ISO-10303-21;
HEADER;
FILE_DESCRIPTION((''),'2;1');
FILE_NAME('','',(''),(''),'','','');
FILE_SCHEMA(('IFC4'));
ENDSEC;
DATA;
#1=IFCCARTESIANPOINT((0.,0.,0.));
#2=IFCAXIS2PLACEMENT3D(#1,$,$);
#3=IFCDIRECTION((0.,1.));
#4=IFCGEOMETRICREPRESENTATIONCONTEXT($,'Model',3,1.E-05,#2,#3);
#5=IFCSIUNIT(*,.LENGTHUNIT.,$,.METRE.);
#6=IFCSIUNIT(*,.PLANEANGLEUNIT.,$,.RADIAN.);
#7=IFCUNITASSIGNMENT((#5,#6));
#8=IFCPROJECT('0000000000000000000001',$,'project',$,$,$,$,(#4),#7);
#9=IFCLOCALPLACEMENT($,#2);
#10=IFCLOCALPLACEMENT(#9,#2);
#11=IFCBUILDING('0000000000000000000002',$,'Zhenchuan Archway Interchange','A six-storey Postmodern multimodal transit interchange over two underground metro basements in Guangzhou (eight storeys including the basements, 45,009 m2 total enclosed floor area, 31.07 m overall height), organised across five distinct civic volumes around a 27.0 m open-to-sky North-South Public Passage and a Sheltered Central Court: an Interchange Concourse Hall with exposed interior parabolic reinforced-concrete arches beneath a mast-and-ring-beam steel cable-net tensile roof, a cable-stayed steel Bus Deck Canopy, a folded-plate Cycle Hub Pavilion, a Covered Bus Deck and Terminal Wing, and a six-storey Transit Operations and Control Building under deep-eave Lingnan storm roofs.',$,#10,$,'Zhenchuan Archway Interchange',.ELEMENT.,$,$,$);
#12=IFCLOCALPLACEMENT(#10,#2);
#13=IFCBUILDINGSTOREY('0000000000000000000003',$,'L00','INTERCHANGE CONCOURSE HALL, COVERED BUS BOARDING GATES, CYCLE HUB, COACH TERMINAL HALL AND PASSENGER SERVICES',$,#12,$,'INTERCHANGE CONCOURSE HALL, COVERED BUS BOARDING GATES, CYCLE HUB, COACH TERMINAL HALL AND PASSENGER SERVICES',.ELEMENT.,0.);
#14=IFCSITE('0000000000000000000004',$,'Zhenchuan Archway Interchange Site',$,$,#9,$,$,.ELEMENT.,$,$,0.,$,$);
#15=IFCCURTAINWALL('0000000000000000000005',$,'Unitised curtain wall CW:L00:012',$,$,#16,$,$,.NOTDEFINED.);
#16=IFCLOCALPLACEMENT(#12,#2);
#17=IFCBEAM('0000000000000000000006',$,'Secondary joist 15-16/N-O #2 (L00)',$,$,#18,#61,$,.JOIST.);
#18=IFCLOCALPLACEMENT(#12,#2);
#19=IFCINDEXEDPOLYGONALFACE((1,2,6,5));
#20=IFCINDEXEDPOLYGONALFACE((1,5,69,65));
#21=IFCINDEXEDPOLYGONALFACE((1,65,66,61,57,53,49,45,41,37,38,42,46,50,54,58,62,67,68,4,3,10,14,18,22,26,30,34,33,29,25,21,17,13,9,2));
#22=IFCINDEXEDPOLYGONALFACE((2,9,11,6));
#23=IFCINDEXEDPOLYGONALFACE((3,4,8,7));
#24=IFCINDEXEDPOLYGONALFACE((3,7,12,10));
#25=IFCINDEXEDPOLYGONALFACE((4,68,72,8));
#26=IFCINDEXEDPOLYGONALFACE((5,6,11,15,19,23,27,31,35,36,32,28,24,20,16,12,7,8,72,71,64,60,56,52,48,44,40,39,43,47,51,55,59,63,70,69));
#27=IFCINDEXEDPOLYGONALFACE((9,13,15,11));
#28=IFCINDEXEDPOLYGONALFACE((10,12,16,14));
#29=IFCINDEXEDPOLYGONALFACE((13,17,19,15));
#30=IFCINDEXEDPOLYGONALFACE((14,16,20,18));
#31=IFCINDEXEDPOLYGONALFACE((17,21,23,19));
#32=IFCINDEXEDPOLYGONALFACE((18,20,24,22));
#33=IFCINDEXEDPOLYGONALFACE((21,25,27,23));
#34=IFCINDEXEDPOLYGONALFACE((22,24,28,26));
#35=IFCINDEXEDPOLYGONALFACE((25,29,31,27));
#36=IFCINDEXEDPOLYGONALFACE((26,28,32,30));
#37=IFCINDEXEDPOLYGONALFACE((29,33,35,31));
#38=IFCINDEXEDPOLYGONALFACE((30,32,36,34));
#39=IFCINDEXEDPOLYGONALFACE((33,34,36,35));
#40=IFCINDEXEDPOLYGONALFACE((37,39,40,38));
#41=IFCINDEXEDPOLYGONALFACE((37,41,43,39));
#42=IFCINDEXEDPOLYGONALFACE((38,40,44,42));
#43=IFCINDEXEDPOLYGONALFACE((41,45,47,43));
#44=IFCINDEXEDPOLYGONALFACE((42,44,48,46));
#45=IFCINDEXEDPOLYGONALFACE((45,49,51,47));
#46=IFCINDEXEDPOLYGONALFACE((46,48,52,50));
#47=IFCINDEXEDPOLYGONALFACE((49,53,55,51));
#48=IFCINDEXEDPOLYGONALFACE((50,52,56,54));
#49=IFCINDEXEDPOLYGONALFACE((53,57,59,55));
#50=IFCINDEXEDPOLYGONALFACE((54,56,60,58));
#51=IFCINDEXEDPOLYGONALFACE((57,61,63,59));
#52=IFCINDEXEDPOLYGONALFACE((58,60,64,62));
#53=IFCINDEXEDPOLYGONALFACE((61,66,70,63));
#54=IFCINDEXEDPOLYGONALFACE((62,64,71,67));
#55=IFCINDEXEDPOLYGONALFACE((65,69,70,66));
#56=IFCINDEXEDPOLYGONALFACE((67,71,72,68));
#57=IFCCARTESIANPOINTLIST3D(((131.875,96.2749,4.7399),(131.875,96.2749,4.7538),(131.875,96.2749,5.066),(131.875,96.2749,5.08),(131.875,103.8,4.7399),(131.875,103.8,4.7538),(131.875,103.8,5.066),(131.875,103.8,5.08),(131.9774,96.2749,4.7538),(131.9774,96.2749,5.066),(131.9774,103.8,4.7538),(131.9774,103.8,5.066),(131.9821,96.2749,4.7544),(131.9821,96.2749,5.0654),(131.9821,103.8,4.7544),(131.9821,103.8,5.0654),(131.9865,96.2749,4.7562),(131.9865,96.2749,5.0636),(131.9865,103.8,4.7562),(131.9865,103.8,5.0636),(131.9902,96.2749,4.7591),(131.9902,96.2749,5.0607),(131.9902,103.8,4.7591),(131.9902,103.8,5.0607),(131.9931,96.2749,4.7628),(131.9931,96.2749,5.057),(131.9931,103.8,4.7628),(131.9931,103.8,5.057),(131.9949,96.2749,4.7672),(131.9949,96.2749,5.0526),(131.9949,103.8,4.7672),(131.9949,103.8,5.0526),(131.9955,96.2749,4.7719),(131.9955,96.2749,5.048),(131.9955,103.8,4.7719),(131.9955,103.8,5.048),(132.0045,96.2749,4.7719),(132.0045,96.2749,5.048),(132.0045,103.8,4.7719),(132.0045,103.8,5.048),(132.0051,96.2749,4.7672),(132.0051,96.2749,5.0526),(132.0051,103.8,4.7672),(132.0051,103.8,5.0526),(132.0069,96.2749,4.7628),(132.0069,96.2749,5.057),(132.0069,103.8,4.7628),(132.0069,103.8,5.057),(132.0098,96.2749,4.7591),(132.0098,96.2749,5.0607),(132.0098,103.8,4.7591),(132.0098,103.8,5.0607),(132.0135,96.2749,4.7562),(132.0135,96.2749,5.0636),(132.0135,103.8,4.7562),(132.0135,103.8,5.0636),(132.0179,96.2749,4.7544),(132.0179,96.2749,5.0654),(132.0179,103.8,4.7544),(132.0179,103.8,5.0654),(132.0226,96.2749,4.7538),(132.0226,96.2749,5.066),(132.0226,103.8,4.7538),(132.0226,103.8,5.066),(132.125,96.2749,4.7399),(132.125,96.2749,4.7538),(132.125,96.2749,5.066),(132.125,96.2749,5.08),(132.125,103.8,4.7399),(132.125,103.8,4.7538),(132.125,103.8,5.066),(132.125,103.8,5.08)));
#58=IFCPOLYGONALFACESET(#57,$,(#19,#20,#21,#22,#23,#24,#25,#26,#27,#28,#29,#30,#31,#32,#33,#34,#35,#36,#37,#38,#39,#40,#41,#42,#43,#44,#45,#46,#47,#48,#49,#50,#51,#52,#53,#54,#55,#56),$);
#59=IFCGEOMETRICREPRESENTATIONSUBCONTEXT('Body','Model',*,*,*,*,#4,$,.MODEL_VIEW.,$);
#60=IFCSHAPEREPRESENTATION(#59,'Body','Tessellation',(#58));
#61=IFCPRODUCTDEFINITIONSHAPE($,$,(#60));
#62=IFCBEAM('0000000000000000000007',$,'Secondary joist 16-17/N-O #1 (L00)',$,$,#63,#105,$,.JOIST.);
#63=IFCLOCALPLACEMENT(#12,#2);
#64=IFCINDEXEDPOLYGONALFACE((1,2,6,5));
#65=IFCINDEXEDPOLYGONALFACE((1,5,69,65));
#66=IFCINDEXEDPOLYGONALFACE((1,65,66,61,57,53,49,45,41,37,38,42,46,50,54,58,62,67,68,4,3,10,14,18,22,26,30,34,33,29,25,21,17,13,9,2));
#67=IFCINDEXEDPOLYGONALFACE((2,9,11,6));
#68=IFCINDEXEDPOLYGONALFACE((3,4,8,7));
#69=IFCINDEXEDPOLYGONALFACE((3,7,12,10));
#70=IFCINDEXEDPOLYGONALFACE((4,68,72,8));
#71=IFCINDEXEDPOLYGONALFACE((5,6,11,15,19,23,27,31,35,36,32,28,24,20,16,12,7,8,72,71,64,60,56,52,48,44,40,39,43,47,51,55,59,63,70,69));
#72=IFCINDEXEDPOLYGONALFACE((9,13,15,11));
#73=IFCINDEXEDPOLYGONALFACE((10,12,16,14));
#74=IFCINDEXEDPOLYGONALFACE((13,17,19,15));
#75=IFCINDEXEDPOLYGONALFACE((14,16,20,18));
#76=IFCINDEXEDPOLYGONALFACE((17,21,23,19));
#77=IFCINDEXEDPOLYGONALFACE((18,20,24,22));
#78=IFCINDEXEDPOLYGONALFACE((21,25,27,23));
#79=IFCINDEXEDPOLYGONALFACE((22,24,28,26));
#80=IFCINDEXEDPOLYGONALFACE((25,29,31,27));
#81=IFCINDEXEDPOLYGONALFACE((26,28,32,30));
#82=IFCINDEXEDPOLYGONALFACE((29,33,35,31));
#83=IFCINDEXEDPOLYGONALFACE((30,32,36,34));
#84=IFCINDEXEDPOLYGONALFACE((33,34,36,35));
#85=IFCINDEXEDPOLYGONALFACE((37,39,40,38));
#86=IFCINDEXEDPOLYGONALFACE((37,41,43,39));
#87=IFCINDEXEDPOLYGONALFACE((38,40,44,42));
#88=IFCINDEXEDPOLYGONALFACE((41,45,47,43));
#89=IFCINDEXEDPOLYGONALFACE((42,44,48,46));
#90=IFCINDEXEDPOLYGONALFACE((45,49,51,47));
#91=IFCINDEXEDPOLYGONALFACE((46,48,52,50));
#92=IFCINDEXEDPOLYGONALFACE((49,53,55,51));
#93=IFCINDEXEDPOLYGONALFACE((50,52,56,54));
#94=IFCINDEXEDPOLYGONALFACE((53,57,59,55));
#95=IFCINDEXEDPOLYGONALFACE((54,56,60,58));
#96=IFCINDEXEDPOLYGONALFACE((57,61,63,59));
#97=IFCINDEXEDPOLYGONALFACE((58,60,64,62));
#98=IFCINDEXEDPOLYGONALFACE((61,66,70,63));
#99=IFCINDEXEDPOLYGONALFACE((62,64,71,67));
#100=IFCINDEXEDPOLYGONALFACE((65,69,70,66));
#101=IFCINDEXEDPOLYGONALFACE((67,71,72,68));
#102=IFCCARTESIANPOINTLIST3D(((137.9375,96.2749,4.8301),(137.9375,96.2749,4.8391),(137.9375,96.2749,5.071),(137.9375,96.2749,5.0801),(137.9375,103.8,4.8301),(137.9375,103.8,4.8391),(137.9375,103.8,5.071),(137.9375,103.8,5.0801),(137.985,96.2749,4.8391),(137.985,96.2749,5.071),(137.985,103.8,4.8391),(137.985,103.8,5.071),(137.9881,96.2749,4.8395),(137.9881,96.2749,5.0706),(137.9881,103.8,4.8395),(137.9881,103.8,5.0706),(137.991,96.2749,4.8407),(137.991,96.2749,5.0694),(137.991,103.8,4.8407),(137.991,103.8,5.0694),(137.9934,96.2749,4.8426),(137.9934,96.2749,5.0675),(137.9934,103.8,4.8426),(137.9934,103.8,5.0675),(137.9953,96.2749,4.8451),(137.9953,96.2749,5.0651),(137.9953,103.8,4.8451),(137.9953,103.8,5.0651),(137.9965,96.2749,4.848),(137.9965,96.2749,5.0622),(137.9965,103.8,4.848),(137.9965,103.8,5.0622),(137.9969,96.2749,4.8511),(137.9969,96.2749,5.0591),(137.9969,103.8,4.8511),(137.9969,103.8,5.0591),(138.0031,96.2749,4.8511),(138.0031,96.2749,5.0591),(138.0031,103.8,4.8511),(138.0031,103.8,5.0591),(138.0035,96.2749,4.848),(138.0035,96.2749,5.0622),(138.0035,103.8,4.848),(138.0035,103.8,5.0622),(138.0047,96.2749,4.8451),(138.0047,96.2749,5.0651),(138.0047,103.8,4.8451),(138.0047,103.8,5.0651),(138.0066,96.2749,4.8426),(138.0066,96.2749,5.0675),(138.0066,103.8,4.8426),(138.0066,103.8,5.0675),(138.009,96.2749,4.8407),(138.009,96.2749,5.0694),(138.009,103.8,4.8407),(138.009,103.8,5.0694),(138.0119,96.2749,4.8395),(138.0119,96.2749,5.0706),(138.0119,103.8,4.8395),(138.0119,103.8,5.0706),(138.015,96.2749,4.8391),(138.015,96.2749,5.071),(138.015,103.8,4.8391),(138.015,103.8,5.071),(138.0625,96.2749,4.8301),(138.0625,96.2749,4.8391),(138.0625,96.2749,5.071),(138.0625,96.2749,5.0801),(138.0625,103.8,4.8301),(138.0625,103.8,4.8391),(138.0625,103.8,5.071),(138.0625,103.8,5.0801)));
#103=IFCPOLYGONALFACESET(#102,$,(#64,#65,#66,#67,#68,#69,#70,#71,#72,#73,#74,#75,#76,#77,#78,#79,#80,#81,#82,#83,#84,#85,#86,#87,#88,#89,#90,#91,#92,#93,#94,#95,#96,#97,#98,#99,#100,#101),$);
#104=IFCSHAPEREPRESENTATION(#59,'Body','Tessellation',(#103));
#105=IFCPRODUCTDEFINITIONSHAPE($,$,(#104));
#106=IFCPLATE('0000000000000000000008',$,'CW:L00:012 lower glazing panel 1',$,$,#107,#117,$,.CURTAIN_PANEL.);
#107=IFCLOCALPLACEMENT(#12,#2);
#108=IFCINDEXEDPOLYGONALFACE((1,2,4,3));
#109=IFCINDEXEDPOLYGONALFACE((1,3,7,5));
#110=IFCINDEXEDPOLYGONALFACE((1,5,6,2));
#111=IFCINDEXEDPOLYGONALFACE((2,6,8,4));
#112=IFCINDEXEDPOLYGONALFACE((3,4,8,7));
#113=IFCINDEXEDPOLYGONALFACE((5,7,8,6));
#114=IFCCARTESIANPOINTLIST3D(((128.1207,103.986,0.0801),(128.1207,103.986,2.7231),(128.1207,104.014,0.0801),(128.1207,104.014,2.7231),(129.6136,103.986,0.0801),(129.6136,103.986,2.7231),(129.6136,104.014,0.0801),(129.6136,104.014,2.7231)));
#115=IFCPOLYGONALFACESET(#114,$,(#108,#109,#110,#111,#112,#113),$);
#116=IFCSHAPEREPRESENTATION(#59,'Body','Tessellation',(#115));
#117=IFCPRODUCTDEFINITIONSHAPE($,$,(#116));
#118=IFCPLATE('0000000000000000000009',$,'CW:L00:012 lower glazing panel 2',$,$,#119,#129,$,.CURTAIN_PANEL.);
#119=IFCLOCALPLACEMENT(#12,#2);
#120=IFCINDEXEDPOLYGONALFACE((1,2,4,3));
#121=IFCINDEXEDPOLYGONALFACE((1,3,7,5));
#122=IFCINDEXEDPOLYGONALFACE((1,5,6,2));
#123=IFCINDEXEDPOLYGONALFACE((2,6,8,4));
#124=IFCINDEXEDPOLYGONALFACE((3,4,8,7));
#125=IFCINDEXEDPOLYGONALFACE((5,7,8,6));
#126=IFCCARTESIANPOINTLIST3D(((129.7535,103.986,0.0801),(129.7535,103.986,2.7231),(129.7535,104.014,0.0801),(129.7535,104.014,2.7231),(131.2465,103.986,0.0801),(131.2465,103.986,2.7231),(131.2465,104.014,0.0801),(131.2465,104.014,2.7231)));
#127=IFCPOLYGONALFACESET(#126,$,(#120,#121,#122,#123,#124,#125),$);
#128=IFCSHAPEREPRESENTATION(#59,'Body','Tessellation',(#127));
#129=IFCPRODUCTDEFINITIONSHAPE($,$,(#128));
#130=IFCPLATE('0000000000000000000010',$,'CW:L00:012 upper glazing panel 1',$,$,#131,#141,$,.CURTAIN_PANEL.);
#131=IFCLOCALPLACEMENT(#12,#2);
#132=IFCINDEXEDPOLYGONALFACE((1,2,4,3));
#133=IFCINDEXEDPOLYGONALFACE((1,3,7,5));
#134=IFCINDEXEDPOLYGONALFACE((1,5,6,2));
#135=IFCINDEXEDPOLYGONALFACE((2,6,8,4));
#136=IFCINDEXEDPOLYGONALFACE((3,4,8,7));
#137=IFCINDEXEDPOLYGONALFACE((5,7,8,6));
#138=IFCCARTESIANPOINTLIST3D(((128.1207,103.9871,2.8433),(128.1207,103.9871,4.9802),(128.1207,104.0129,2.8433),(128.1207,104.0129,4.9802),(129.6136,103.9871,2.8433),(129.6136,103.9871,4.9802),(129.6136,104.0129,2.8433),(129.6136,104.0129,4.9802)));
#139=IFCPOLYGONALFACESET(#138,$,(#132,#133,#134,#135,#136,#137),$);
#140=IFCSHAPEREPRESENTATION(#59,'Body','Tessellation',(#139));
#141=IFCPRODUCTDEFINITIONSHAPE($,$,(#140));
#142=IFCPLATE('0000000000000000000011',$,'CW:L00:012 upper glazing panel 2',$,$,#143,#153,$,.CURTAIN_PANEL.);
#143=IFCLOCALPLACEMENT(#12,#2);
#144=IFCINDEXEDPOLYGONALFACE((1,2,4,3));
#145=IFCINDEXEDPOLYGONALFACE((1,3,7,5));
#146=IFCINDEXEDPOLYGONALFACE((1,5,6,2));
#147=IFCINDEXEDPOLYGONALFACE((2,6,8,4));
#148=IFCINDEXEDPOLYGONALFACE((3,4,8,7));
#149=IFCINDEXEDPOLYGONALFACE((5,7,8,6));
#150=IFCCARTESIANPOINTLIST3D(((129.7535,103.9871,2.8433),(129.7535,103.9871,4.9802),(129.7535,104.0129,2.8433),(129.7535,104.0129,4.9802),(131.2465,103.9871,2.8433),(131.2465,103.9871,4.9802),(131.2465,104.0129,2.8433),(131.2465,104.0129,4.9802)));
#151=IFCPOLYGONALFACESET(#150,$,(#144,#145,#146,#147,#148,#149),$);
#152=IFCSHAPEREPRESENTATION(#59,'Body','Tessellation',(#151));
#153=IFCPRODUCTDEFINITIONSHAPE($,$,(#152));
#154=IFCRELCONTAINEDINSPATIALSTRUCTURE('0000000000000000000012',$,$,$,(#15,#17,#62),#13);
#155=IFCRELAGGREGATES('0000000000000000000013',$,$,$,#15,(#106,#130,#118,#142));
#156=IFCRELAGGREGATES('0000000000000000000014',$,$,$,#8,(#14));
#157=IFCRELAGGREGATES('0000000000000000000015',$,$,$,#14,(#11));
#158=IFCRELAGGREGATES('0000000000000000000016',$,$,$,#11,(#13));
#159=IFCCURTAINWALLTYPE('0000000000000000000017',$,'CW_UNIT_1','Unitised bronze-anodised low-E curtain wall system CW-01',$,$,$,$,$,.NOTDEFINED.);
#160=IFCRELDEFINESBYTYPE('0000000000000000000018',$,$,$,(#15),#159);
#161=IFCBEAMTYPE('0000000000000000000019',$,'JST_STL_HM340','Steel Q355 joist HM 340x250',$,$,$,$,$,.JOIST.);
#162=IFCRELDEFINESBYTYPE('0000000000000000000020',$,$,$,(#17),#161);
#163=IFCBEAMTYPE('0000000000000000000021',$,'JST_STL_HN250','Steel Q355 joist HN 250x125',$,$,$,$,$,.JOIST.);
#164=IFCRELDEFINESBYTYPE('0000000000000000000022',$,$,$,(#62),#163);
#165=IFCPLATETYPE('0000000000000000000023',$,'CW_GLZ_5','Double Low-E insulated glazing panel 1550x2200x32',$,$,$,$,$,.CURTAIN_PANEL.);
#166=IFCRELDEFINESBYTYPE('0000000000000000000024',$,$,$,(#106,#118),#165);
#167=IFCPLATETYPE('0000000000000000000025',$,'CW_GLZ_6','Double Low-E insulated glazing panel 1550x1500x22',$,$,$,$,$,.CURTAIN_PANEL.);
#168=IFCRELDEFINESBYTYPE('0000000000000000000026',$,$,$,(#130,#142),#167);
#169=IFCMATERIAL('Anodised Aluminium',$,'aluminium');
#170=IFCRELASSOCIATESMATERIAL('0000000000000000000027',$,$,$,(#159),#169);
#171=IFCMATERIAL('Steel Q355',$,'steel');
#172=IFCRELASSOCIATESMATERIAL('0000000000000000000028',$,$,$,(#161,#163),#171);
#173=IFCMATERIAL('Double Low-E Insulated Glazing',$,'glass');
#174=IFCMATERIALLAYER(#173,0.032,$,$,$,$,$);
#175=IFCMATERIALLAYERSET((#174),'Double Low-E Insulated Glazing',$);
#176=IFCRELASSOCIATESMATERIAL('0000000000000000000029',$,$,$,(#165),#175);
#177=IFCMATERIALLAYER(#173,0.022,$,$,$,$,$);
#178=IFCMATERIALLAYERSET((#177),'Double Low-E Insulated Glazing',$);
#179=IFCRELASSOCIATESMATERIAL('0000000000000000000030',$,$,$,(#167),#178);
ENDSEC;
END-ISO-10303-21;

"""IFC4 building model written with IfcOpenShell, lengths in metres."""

from ifc_helpers import new_model, si_unit, direction, frame, origin, origin_2d, place, context, subcontext, project, spatial, rectangle, i_section, extrude, material, layer, layer_set, material_profile, profile_set, type_object, element, aggregate, save


model = new_model("IFC4")

# Units and contexts
model_context = context("Model", 3, precision=1e-05, world=origin(), true_north=direction((0.0, 1.0)))
body_context = subcontext(model_context, "Body", "Model", "MODEL_VIEW")
ifc_project = project(units=[si_unit("LENGTHUNIT", "METRE"), si_unit("PLANEANGLEUNIT", "RADIAN")], contexts=[model_context])

# Site, building, storey
site_placement = place(None, origin())
site = spatial("IfcSite", under=ifc_project, at=site_placement, Name="Zhenchuan Archway Interchange Site", CompositionType="ELEMENT", RefElevation=0.0)
building_placement = place(site_placement, origin())
building = spatial("IfcBuilding", under=site, at=building_placement, Name="Zhenchuan Archway Interchange", Description="A six-storey Postmodern multimodal transit interchange over two underground metro basements in Guangzhou (eight storeys including the basements, 45,009 m2 total enclosed floor area, 31.07 m overall height), organised across five distinct civic volumes around a 27.0 m open-to-sky North-South Public Passage and a Sheltered Central Court: an Interchange Concourse Hall with exposed interior parabolic reinforced-concrete arches beneath a mast-and-ring-beam steel cable-net tensile roof, a cable-stayed steel Bus Deck Canopy, a folded-plate Cycle Hub Pavilion, a Covered Bus Deck and Terminal Wing, and a six-storey Transit Operations and Control Building under deep-eave Lingnan storm roofs.", LongName="Zhenchuan Archway Interchange", CompositionType="ELEMENT")
storey_placement = place(building_placement, origin())
storey = spatial("IfcBuildingStorey", under=building, at=storey_placement, Name="L00", Description="INTERCHANGE CONCOURSE HALL, COVERED BUS BOARDING GATES, CYCLE HUB, COACH TERMINAL HALL AND PASSENGER SERVICES", LongName="INTERCHANGE CONCOURSE HALL, COVERED BUS BOARDING GATES, CYCLE HUB, COACH TERMINAL HALL AND PASSENGER SERVICES", CompositionType="ELEMENT", Elevation=0.0)

# Curtain wall
ifc_material_1 = material(Name="Anodised Aluminium", Category="aluminium")
curtain_wall_type = type_object("IfcCurtainWallType", Name="CW_UNIT_1", Description="Unitised bronze-anodised low-E curtain wall system CW-01", PredefinedType="NOTDEFINED", material=ifc_material_1)
curtain_wall_placement = place(storey_placement, origin())
curtain_wall = element("IfcCurtainWall", 1, at=curtain_wall_placement, inside=storey, type_object=curtain_wall_type, Name="Unitised curtain wall CW:L00:012", PredefinedType="NOTDEFINED")

# Beams
ifc_material_2 = material(Name="Steel Q355", Category="steel")
ifc_material_profile_1 = material_profile(ifc_material_2, i_section(OverallWidth=0.25, OverallDepth=0.3401, WebThickness=0.009, FlangeThickness=0.0139, FilletRadius=0.0181, at=origin_2d()), Name="HM 340x250")
ifc_profile_set_1 = profile_set([ifc_material_profile_1], Name="Steel Q355")
beam_type_1 = type_object("IfcBeamType", Name="JST_STL_HM340", Description="Steel Q355 joist HM 340x250", PredefinedType="JOIST", material=ifc_profile_set_1)
for number, where, z_axis, x_axis, name in (
    (2, (132.0, 96.2749, 4.9099), (0.0, 1.0, 0.0), (-1.0, 0.0, 0.0), "Secondary joist 15-16/N-O #2 (L00)"),
):
    element("IfcBeam", number, at=place(storey_placement, frame(where, z_axis=z_axis, x_axis=x_axis)), inside=storey, type_object=beam_type_1, Name=name, PredefinedType="JOIST", context=body_context, shape_type="SweptSolid", body=[
        extrude(i_section(OverallWidth=0.25, OverallDepth=0.3401, WebThickness=0.009, FlangeThickness=0.0139, FilletRadius=0.0181, at=origin_2d()), origin(), (0.0, 0.0, 1.0), 7.5251),
    ])
ifc_material_profile_2 = material_profile(ifc_material_2, i_section(OverallWidth=0.125, OverallDepth=0.25, WebThickness=0.0061, FlangeThickness=0.009, FilletRadius=0.012, at=origin_2d()), Name="HN 250x125")
ifc_profile_set_2 = profile_set([ifc_material_profile_2], Name="Steel Q355")
beam_type_2 = type_object("IfcBeamType", Name="JST_STL_HN250", Description="Steel Q355 joist HN 250x125", PredefinedType="JOIST", material=ifc_profile_set_2)
beam_1_placement = place(storey_placement, frame((138.0, 96.2749, 4.9551), z_axis=(0.0, 1.0, 0.0), x_axis=(-1.0, 0.0, 0.0)))
element("IfcBeam", 3, at=beam_1_placement, inside=storey, type_object=beam_type_2, Name="Secondary joist 16-17/N-O #1 (L00)", PredefinedType="JOIST", context=body_context, shape_type="SweptSolid", body=[
    extrude(i_section(OverallWidth=0.125, OverallDepth=0.25, WebThickness=0.0061, FlangeThickness=0.009, FilletRadius=0.012, at=origin_2d()), origin(), (0.0, 0.0, 1.0), 7.5251),
])

# Plates
ifc_material_3 = material(Name="Double Low-E Insulated Glazing", Category="glass")
ifc_layer_1 = layer(ifc_material_3, 0.032)
ifc_layer_set_1 = layer_set([ifc_layer_1], Name="Double Low-E Insulated Glazing")
plate_type_1 = type_object("IfcPlateType", Name="CW_GLZ_5", Description="Double Low-E insulated glazing panel 1550x2200x32", PredefinedType="CURTAIN_PANEL", material=ifc_layer_set_1)
plate_1_placement = place(storey_placement, frame((128.8672, 104.0, 0.0801), z_axis=(0.0, 0.0, 1.0), x_axis=(1.0, 0.0, 0.0)))
plate_1 = element("IfcPlate", 4, at=plate_1_placement, type_object=plate_type_1, Name="CW:L00:012 lower glazing panel 1", PredefinedType="CURTAIN_PANEL", context=body_context, shape_type="SweptSolid", body=[
    extrude(rectangle(XDim=1.4929, YDim=0.0281, at=origin_2d()), origin(), (0.0, 0.0, 1.0), 2.6431),
])
plate_2_placement = place(storey_placement, frame((130.5, 104.0, 0.0801), z_axis=(0.0, 0.0, 1.0), x_axis=(1.0, 0.0, 0.0)))
plate_2 = element("IfcPlate", 5, at=plate_2_placement, type_object=plate_type_1, Name="CW:L00:012 lower glazing panel 2", PredefinedType="CURTAIN_PANEL", context=body_context, shape_type="SweptSolid", body=[
    extrude(rectangle(XDim=1.4929, YDim=0.0281, at=origin_2d()), origin(), (0.0, 0.0, 1.0), 2.6431),
])
ifc_layer_2 = layer(ifc_material_3, 0.022)
ifc_layer_set_2 = layer_set([ifc_layer_2], Name="Double Low-E Insulated Glazing")
plate_type_2 = type_object("IfcPlateType", Name="CW_GLZ_6", Description="Double Low-E insulated glazing panel 1550x1500x22", PredefinedType="CURTAIN_PANEL", material=ifc_layer_set_2)
plate_3_placement = place(storey_placement, frame((128.8672, 104.0, 2.8433), z_axis=(0.0, 0.0, 1.0), x_axis=(1.0, 0.0, 0.0)))
plate_3 = element("IfcPlate", 6, at=plate_3_placement, type_object=plate_type_2, Name="CW:L00:012 upper glazing panel 1", PredefinedType="CURTAIN_PANEL", context=body_context, shape_type="SweptSolid", body=[
    extrude(rectangle(XDim=1.4929, YDim=0.0259, at=origin_2d()), origin(), (0.0, 0.0, 1.0), 2.137),
])
plate_4_placement = place(storey_placement, frame((130.5, 104.0, 2.8433), z_axis=(0.0, 0.0, 1.0), x_axis=(1.0, 0.0, 0.0)))
plate_4 = element("IfcPlate", 7, at=plate_4_placement, type_object=plate_type_2, Name="CW:L00:012 upper glazing panel 2", PredefinedType="CURTAIN_PANEL", context=body_context, shape_type="SweptSolid", body=[
    extrude(rectangle(XDim=1.4929, YDim=0.0259, at=origin_2d()), origin(), (0.0, 0.0, 1.0), 2.137),
])
aggregate(curtain_wall, [plate_1, plate_3, plate_2, plate_4])

save(model, "model.ifc")
